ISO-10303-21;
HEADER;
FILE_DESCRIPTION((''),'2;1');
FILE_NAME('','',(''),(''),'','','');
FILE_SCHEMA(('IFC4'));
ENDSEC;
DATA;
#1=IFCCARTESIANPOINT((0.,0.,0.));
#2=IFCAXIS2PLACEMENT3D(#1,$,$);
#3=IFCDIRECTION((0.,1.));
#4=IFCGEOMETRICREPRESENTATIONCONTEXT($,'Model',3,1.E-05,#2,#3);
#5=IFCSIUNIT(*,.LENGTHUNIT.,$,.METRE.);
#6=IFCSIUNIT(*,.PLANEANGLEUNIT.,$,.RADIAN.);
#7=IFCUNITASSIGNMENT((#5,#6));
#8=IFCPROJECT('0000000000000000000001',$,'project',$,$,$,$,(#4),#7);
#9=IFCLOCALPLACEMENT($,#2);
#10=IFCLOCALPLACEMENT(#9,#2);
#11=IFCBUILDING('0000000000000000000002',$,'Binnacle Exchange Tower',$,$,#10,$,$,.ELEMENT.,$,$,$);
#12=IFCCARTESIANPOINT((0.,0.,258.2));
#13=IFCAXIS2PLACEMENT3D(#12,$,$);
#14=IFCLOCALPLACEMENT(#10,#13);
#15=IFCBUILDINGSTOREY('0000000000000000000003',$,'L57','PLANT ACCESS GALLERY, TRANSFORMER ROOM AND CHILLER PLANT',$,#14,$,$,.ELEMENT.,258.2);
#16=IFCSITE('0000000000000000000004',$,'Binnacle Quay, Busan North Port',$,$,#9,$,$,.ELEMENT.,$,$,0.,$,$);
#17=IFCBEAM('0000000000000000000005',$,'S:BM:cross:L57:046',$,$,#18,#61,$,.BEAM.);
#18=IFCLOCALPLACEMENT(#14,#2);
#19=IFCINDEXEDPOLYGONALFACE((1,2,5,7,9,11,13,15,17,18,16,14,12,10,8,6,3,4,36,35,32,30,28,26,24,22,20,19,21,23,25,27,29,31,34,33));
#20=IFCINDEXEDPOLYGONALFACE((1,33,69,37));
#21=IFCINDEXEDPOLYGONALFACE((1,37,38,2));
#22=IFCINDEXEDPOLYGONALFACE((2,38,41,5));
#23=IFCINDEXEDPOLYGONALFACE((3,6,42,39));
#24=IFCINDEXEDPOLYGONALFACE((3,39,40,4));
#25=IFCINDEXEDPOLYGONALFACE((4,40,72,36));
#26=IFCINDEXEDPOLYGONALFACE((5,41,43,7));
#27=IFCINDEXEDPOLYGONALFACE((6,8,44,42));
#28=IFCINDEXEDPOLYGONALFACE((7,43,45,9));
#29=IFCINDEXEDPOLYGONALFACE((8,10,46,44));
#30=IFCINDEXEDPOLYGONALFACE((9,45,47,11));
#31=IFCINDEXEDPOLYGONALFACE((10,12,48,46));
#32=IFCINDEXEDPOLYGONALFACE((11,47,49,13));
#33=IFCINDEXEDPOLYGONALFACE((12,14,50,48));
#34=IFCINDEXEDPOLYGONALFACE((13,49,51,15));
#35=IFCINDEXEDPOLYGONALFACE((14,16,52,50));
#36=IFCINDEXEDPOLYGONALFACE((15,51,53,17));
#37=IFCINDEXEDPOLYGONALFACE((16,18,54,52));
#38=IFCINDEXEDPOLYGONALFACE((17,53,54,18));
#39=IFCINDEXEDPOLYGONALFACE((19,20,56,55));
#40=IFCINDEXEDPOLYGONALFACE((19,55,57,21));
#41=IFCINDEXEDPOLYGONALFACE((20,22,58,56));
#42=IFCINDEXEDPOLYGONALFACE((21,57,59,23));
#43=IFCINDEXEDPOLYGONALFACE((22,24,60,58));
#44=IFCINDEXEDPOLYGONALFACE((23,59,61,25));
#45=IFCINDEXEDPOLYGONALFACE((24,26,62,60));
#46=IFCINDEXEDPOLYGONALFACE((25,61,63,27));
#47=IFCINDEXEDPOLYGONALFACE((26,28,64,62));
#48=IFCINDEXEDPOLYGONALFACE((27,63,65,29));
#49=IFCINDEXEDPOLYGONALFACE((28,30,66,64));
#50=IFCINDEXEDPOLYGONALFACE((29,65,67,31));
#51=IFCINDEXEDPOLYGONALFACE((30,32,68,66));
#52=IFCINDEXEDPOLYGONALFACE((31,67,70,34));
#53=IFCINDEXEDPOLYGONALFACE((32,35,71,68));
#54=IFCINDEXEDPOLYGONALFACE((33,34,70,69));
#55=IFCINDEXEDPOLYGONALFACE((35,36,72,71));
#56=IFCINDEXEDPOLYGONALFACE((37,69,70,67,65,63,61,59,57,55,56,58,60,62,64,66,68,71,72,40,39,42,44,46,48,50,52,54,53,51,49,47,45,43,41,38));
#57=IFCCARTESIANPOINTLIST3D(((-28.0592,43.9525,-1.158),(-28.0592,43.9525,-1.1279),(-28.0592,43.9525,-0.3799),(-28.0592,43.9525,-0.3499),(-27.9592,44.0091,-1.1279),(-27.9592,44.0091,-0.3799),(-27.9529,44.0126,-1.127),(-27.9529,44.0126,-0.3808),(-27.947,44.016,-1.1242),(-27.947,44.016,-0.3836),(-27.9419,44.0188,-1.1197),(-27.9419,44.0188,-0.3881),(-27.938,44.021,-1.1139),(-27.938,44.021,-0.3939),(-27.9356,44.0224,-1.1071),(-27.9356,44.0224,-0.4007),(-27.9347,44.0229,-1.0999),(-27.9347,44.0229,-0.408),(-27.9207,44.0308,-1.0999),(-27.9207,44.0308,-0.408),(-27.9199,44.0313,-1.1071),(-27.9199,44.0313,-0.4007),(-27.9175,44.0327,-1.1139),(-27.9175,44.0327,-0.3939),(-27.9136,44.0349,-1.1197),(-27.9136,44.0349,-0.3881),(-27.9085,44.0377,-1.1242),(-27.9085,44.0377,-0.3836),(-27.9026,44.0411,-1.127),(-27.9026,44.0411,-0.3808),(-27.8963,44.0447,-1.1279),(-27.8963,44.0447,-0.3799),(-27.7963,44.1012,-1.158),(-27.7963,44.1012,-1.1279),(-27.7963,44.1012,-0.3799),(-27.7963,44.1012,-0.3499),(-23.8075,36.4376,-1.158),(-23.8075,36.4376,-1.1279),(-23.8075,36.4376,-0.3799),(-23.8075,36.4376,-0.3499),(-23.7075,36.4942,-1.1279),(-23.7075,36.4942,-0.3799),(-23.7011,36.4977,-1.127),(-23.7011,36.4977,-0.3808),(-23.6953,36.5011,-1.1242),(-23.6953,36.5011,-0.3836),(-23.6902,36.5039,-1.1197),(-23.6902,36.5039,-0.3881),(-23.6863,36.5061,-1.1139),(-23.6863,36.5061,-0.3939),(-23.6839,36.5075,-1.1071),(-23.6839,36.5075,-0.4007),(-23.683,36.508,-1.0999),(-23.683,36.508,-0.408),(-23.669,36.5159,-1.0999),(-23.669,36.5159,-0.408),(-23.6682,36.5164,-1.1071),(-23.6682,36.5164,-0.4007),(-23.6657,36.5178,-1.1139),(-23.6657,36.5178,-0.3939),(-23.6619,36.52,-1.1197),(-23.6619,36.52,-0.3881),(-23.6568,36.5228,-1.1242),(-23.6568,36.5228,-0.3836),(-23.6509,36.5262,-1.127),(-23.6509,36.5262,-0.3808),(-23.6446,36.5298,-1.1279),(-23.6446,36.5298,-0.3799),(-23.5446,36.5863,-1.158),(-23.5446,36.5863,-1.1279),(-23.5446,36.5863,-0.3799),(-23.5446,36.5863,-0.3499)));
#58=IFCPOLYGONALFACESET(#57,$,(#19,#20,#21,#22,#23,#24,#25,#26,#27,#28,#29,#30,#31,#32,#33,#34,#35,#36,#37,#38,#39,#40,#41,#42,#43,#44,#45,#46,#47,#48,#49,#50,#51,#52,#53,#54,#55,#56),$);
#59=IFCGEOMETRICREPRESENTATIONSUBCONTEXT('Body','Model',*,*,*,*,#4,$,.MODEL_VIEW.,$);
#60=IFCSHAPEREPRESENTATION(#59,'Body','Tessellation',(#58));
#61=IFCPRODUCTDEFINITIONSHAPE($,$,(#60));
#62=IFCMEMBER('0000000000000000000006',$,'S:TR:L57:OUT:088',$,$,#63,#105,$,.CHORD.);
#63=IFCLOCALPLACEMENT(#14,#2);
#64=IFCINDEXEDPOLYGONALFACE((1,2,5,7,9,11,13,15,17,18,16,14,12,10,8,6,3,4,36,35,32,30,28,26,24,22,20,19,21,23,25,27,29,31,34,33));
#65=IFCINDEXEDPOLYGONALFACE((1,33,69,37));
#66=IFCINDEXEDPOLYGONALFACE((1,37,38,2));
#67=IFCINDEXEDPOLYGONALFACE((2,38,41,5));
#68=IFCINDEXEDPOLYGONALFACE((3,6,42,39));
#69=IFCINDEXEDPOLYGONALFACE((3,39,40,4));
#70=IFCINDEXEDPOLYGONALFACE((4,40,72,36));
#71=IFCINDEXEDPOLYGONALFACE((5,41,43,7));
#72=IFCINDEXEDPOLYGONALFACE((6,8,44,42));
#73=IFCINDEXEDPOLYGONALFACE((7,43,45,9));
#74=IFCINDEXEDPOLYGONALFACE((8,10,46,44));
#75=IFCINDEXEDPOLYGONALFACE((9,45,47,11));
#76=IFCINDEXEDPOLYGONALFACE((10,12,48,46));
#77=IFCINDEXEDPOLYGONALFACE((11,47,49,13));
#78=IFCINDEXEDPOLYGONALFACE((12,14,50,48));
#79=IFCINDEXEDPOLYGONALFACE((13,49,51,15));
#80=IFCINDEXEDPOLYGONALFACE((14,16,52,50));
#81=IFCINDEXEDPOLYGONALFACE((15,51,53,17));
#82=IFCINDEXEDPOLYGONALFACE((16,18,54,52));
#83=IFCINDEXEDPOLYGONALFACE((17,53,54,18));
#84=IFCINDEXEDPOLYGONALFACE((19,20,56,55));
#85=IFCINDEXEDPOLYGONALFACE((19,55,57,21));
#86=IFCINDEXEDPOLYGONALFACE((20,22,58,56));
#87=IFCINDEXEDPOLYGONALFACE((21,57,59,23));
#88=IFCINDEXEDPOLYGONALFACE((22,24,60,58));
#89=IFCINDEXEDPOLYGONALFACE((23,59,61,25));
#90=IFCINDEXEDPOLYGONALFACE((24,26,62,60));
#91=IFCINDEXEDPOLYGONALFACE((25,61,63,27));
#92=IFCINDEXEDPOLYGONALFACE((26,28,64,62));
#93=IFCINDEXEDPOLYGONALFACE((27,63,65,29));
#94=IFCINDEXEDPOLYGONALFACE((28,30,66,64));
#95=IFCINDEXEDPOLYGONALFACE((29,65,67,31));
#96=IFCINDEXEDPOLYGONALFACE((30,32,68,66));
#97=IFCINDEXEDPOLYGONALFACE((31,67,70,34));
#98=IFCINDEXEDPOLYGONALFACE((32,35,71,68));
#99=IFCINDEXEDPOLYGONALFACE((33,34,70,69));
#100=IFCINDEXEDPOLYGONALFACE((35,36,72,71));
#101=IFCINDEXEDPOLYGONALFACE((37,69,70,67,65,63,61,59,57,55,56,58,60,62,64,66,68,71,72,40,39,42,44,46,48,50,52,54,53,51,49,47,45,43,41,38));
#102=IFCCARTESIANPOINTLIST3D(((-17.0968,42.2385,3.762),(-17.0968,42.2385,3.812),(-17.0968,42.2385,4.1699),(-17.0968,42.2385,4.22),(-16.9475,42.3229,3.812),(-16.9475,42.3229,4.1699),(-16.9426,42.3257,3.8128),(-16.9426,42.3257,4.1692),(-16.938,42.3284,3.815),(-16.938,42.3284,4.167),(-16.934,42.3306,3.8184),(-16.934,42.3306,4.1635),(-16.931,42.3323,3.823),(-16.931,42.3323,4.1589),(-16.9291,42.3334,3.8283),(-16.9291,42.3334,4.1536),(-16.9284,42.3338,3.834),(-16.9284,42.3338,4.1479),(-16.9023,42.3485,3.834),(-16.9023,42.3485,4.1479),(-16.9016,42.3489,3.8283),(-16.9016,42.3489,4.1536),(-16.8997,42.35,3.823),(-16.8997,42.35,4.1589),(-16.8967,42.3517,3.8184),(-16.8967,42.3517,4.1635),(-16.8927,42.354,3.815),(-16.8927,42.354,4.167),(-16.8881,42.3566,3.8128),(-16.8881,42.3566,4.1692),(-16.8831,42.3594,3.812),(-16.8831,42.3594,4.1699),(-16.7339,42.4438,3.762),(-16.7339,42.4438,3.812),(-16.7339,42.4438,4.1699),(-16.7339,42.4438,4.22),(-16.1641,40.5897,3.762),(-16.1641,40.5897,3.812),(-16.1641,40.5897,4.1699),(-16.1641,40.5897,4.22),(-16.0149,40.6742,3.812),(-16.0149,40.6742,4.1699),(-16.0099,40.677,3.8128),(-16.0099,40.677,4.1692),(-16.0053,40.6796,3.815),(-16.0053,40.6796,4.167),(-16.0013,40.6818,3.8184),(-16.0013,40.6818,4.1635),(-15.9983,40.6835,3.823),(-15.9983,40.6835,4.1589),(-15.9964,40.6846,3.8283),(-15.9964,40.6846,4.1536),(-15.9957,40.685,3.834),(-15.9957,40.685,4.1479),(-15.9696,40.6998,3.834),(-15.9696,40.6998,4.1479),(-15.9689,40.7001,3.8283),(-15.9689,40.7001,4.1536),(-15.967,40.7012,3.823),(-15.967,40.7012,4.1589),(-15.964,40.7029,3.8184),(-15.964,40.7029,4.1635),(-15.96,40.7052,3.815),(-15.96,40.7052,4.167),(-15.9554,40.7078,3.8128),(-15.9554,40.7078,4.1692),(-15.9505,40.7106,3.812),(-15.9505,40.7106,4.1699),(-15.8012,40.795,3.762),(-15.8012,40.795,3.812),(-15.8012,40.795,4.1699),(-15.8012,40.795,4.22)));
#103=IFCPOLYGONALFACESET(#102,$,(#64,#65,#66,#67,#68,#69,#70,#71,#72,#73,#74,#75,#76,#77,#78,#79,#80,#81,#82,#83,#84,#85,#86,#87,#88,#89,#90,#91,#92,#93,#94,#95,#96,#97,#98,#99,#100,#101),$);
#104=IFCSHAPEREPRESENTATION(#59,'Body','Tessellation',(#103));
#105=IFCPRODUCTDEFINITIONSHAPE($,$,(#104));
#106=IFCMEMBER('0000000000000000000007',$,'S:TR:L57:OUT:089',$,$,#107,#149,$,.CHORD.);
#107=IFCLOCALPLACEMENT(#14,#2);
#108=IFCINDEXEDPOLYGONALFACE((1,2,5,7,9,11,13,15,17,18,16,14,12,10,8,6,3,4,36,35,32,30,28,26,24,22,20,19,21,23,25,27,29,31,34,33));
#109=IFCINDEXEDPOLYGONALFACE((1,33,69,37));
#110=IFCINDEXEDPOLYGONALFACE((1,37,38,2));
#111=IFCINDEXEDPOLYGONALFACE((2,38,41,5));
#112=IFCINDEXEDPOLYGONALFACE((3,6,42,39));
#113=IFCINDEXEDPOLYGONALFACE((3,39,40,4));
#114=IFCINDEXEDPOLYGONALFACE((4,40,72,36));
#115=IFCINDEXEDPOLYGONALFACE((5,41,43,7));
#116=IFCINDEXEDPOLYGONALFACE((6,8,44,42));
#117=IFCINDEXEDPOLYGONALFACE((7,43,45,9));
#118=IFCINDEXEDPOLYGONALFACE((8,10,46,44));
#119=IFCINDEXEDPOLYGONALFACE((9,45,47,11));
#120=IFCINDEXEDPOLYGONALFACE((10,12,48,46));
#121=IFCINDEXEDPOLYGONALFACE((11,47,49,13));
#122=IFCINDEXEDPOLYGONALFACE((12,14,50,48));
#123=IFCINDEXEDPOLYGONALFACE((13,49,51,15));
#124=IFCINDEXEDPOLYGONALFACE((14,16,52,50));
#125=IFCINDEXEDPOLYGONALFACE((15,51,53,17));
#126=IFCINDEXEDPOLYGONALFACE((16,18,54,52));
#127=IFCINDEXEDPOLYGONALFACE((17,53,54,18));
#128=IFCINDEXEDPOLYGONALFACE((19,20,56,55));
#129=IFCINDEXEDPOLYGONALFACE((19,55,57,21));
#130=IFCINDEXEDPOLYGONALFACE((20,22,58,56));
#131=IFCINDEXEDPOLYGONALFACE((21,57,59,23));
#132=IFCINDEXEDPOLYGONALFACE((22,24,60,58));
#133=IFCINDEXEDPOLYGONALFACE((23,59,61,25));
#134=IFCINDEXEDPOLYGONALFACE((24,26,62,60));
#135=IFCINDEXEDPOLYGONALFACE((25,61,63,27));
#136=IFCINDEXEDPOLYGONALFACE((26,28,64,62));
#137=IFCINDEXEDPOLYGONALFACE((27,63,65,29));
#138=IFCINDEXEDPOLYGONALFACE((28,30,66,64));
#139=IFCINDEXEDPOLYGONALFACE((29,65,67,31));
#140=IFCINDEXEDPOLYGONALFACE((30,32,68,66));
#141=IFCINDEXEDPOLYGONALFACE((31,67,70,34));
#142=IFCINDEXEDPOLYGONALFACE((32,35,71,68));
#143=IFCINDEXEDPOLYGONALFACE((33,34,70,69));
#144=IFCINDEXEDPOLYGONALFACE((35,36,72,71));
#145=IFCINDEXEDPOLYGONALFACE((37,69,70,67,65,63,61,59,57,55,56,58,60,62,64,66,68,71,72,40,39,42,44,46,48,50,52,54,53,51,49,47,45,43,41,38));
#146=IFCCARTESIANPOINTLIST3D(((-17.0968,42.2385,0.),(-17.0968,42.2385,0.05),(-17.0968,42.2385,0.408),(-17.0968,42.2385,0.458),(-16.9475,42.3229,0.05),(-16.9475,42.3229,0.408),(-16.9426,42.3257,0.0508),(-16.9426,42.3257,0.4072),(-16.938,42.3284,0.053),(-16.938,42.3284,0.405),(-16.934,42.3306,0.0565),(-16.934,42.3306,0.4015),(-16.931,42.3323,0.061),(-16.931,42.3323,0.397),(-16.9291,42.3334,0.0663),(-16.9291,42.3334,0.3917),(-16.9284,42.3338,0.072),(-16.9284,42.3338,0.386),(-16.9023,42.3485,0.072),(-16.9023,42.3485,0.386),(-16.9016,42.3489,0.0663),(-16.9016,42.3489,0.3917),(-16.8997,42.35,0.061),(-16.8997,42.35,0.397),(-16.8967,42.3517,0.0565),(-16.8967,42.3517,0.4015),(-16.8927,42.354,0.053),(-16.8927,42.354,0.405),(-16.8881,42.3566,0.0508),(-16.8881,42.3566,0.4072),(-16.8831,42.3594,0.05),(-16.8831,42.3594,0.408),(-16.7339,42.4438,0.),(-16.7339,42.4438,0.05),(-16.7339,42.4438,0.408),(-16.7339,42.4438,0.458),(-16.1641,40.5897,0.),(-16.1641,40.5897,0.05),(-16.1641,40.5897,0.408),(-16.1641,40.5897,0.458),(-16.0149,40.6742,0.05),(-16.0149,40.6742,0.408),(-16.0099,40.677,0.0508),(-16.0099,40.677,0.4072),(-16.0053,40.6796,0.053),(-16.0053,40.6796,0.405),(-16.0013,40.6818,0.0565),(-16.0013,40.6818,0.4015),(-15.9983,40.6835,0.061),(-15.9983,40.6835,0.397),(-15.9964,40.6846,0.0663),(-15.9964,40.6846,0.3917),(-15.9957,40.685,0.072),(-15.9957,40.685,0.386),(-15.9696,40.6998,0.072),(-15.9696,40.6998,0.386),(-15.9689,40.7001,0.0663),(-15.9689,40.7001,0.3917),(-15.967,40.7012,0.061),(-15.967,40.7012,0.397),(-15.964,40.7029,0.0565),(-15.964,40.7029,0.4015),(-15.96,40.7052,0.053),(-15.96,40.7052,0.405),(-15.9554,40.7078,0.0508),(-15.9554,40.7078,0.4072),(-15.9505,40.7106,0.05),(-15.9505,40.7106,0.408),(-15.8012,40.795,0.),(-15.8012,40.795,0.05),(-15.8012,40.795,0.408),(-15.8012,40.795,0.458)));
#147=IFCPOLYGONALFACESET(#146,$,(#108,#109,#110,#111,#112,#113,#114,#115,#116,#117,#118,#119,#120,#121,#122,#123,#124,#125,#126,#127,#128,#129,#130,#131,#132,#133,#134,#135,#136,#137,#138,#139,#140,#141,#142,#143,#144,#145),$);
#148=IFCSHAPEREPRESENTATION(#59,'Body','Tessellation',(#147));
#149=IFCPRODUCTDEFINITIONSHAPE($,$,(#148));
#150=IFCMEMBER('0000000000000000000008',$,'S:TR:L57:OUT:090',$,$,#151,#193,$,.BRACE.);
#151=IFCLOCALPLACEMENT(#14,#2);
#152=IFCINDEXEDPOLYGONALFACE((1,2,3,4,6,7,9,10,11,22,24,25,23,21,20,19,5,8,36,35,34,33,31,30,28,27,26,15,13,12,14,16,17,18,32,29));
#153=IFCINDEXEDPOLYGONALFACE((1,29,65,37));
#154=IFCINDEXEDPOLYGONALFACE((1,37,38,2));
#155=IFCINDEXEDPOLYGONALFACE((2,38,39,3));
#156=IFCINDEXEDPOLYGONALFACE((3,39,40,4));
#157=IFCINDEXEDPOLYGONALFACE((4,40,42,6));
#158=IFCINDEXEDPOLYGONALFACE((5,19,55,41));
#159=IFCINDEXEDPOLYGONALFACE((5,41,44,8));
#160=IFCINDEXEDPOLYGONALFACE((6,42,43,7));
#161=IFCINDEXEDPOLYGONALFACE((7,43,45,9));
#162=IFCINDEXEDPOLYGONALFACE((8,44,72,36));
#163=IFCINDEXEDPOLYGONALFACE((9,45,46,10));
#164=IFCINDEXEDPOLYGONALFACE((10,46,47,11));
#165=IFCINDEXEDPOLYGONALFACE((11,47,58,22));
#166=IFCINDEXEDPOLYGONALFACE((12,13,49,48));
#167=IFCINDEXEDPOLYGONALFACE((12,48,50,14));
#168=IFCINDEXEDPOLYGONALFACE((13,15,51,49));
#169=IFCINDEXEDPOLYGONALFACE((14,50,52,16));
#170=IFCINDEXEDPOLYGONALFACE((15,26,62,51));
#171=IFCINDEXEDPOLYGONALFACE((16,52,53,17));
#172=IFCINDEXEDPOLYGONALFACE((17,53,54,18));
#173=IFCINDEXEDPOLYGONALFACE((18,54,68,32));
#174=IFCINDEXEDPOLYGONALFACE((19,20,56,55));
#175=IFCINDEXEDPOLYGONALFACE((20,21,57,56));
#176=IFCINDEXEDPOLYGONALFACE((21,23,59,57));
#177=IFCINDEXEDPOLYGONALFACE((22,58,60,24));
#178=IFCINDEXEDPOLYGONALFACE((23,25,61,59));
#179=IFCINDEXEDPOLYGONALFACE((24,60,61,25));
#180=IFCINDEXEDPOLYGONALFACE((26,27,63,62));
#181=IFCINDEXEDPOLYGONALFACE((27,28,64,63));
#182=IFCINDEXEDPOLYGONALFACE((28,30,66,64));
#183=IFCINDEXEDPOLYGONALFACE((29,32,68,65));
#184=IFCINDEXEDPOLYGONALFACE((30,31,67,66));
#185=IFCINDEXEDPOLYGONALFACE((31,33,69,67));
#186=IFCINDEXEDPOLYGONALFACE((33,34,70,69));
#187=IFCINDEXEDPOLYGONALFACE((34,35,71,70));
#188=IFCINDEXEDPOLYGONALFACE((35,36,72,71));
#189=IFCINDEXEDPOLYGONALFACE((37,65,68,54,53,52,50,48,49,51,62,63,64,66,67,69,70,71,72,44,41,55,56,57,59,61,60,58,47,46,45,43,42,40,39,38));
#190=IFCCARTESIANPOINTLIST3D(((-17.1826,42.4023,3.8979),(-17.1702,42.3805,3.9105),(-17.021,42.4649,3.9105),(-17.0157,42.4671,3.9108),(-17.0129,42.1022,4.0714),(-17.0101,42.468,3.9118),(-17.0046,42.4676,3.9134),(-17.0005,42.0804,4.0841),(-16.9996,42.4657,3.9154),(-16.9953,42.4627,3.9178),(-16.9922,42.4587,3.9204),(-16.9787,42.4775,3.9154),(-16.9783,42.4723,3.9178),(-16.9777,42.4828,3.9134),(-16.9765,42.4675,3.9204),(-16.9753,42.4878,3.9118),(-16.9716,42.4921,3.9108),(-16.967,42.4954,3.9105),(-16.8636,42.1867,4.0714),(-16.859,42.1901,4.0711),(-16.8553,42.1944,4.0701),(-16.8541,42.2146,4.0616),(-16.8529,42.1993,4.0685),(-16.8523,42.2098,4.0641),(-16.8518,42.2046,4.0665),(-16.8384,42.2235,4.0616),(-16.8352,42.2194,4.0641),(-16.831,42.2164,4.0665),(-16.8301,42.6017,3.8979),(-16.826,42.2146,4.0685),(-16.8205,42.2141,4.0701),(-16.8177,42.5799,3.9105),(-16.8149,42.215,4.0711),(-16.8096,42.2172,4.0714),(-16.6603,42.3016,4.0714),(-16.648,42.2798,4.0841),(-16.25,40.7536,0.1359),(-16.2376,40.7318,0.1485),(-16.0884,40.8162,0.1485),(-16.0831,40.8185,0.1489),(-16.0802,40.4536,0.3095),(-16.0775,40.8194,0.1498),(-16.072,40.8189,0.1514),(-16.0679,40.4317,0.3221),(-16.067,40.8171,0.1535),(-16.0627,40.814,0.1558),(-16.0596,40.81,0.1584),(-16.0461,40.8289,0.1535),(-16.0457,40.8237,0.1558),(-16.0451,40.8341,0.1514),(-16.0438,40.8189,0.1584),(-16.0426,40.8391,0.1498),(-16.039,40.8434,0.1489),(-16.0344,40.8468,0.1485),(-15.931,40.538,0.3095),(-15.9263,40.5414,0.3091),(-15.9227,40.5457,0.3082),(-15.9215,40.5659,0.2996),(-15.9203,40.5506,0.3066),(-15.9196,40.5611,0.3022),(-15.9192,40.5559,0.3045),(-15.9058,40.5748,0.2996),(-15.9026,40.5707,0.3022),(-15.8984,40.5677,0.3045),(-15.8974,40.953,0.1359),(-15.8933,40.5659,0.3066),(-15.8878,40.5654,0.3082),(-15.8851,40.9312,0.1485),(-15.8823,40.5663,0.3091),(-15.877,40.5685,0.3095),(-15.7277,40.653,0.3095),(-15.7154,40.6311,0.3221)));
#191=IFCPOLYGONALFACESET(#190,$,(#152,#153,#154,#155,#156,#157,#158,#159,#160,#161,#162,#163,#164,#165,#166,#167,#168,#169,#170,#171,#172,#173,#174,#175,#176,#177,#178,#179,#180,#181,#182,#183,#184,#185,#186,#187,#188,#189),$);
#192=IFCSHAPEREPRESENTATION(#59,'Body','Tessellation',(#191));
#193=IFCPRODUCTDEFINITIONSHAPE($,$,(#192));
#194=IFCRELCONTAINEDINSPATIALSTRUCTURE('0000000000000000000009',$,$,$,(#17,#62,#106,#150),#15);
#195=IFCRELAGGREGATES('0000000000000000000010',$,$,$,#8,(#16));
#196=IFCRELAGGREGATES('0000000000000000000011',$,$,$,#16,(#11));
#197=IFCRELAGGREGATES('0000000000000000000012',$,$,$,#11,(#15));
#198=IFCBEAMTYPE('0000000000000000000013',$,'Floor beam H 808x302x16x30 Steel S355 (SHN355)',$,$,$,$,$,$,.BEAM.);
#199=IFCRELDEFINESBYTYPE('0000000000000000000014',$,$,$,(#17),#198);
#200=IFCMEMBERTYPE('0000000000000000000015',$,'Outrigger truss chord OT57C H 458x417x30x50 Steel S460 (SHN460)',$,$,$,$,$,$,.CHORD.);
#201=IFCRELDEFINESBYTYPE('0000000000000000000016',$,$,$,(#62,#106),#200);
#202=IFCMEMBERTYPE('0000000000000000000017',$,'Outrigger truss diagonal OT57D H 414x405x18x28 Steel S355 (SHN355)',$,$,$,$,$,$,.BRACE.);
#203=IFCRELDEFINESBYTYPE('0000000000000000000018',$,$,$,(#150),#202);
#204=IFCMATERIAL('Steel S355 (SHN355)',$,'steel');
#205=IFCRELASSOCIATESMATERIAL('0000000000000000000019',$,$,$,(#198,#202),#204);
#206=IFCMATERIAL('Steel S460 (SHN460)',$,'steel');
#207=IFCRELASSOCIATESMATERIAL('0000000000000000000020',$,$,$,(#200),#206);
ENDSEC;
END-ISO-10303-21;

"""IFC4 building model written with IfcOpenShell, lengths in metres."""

from ifc_helpers import new_model, si_unit, direction, frame, origin, origin_2d, place, context, subcontext, project, spatial, i_section, extrude, material, material_profile, profile_set, type_object, element, save


model = new_model("IFC4")

# Units and contexts
model_context = context("Model", 3, precision=1e-05, world=origin(), true_north=direction((0.0, 1.0)))
body_context = subcontext(model_context, "Body", "Model", "MODEL_VIEW")
ifc_project = project(units=[si_unit("LENGTHUNIT", "METRE"), si_unit("PLANEANGLEUNIT", "RADIAN")], contexts=[model_context])

# Site, building, storey
site_placement = place(None, origin())
site = spatial("IfcSite", under=ifc_project, at=site_placement, Name="Binnacle Quay, Busan North Port", CompositionType="ELEMENT", RefElevation=0.0)
building_placement = place(site_placement, origin())
building = spatial("IfcBuilding", under=site, at=building_placement, Name="Binnacle Exchange Tower", CompositionType="ELEMENT")
storey_placement = place(building_placement, frame((0.0, 0.0, 258.2)))
storey = spatial("IfcBuildingStorey", under=building, at=storey_placement, Name="L57", Description="PLANT ACCESS GALLERY, TRANSFORMER ROOM AND CHILLER PLANT", CompositionType="ELEMENT", Elevation=258.2)

# Shared definitions
ifc_material_1 = material(Name="Steel S355 (SHN355)", Category="steel")

# Beam
ifc_material_profile_1 = material_profile(ifc_material_1, i_section(OverallWidth=0.302, OverallDepth=0.8081, WebThickness=0.0161, FlangeThickness=0.03, FilletRadius=0.0281, at=origin_2d()), Name="H 808x302x16x30")
ifc_profile_set_1 = profile_set([ifc_material_profile_1], Name="Steel S355 (SHN355)")
beam_type_1 = type_object("IfcBeamType", Name="Floor beam H 808x302x16x30 Steel S355 (SHN355)", PredefinedType="BEAM", material=ifc_profile_set_1)
beam_1_placement = place(storey_placement, frame((-23.676, 36.512, -0.7539), z_axis=(-0.492422, 0.870356, 0.0), x_axis=(-0.870356, -0.492422, 0.0)))
element("IfcBeam", 1, at=beam_1_placement, inside=storey, type_object=beam_type_1, Name="S:BM:cross:L57:046", PredefinedType="BEAM", context=body_context, shape_type="SweptSolid", body=[
    extrude(i_section(OverallWidth=0.302, OverallDepth=0.8081, WebThickness=0.0161, FlangeThickness=0.03, FilletRadius=0.0281, at=origin_2d()), origin(), (0.0, 0.0, 1.0), 8.6343),
])

# Members
ifc_material_2 = material(Name="Steel S460 (SHN460)", Category="steel")
ifc_material_profile_2 = material_profile(ifc_material_2, i_section(OverallWidth=0.417, OverallDepth=0.458, WebThickness=0.03, FlangeThickness=0.05, FilletRadius=0.022, at=origin_2d()), Name="H 458x417x30x50")
ifc_profile_set_2 = profile_set([ifc_material_profile_2], Name="Steel S460 (SHN460)")
member_type_1 = type_object("IfcMemberType", Name="Outrigger truss chord OT57C H 458x417x30x50 Steel S460 (SHN460)", PredefinedType="CHORD", material=ifc_profile_set_2)
for number, where, z_axis, x_axis, name in (
    (2, (-15.9827, 40.6924, 3.991), (-0.492359, 0.870392, 0.0), (-0.870392, -0.492359, 0.0), "S:TR:L57:OUT:088"),
    (3, (-15.9827, 40.6924, 0.229), (-0.492359, 0.870392, 0.0), (-0.870392, -0.492359, 0.0), "S:TR:L57:OUT:089"),
):
    element("IfcMember", number, at=place(storey_placement, frame(where, z_axis=z_axis, x_axis=x_axis)), inside=storey, type_object=member_type_1, Name=name, PredefinedType="CHORD", context=body_context, shape_type="SweptSolid", body=[
        extrude(i_section(OverallWidth=0.417, OverallDepth=0.458, WebThickness=0.03, FlangeThickness=0.05, FilletRadius=0.022, at=origin_2d()), origin(), (0.0, 0.0, 1.0), 1.8943),
    ])
ifc_material_profile_3 = material_profile(ifc_material_1, i_section(OverallWidth=0.405, OverallDepth=0.4141, WebThickness=0.0181, FlangeThickness=0.0281, FilletRadius=0.022, at=origin_2d()), Name="H 414x405x18x28")
ifc_profile_set_3 = profile_set([ifc_material_profile_3], Name="Steel S355 (SHN355)")
member_type_2 = type_object("IfcMemberType", Name="Outrigger truss diagonal OT57D H 414x405x18x28 Steel S355 (SHN355)", PredefinedType="BRACE", material=ifc_profile_set_3)
member_1_placement = place(storey_placement, frame((-15.9827, 40.6924, 0.229), z_axis=(-0.221423, 0.391432, 0.89317), x_axis=(-0.870392, -0.492359, 0.0)))
element("IfcMember", 4, at=member_1_placement, inside=storey, type_object=member_type_2, Name="S:TR:L57:OUT:090", PredefinedType="BRACE", context=body_context, shape_type="SweptSolid", body=[
    extrude(i_section(OverallWidth=0.405, OverallDepth=0.4141, WebThickness=0.0181, FlangeThickness=0.0281, FilletRadius=0.022, at=origin_2d()), origin(), (0.0, 0.0, 1.0), 4.2119),
])

save(model, "model.ifc")
